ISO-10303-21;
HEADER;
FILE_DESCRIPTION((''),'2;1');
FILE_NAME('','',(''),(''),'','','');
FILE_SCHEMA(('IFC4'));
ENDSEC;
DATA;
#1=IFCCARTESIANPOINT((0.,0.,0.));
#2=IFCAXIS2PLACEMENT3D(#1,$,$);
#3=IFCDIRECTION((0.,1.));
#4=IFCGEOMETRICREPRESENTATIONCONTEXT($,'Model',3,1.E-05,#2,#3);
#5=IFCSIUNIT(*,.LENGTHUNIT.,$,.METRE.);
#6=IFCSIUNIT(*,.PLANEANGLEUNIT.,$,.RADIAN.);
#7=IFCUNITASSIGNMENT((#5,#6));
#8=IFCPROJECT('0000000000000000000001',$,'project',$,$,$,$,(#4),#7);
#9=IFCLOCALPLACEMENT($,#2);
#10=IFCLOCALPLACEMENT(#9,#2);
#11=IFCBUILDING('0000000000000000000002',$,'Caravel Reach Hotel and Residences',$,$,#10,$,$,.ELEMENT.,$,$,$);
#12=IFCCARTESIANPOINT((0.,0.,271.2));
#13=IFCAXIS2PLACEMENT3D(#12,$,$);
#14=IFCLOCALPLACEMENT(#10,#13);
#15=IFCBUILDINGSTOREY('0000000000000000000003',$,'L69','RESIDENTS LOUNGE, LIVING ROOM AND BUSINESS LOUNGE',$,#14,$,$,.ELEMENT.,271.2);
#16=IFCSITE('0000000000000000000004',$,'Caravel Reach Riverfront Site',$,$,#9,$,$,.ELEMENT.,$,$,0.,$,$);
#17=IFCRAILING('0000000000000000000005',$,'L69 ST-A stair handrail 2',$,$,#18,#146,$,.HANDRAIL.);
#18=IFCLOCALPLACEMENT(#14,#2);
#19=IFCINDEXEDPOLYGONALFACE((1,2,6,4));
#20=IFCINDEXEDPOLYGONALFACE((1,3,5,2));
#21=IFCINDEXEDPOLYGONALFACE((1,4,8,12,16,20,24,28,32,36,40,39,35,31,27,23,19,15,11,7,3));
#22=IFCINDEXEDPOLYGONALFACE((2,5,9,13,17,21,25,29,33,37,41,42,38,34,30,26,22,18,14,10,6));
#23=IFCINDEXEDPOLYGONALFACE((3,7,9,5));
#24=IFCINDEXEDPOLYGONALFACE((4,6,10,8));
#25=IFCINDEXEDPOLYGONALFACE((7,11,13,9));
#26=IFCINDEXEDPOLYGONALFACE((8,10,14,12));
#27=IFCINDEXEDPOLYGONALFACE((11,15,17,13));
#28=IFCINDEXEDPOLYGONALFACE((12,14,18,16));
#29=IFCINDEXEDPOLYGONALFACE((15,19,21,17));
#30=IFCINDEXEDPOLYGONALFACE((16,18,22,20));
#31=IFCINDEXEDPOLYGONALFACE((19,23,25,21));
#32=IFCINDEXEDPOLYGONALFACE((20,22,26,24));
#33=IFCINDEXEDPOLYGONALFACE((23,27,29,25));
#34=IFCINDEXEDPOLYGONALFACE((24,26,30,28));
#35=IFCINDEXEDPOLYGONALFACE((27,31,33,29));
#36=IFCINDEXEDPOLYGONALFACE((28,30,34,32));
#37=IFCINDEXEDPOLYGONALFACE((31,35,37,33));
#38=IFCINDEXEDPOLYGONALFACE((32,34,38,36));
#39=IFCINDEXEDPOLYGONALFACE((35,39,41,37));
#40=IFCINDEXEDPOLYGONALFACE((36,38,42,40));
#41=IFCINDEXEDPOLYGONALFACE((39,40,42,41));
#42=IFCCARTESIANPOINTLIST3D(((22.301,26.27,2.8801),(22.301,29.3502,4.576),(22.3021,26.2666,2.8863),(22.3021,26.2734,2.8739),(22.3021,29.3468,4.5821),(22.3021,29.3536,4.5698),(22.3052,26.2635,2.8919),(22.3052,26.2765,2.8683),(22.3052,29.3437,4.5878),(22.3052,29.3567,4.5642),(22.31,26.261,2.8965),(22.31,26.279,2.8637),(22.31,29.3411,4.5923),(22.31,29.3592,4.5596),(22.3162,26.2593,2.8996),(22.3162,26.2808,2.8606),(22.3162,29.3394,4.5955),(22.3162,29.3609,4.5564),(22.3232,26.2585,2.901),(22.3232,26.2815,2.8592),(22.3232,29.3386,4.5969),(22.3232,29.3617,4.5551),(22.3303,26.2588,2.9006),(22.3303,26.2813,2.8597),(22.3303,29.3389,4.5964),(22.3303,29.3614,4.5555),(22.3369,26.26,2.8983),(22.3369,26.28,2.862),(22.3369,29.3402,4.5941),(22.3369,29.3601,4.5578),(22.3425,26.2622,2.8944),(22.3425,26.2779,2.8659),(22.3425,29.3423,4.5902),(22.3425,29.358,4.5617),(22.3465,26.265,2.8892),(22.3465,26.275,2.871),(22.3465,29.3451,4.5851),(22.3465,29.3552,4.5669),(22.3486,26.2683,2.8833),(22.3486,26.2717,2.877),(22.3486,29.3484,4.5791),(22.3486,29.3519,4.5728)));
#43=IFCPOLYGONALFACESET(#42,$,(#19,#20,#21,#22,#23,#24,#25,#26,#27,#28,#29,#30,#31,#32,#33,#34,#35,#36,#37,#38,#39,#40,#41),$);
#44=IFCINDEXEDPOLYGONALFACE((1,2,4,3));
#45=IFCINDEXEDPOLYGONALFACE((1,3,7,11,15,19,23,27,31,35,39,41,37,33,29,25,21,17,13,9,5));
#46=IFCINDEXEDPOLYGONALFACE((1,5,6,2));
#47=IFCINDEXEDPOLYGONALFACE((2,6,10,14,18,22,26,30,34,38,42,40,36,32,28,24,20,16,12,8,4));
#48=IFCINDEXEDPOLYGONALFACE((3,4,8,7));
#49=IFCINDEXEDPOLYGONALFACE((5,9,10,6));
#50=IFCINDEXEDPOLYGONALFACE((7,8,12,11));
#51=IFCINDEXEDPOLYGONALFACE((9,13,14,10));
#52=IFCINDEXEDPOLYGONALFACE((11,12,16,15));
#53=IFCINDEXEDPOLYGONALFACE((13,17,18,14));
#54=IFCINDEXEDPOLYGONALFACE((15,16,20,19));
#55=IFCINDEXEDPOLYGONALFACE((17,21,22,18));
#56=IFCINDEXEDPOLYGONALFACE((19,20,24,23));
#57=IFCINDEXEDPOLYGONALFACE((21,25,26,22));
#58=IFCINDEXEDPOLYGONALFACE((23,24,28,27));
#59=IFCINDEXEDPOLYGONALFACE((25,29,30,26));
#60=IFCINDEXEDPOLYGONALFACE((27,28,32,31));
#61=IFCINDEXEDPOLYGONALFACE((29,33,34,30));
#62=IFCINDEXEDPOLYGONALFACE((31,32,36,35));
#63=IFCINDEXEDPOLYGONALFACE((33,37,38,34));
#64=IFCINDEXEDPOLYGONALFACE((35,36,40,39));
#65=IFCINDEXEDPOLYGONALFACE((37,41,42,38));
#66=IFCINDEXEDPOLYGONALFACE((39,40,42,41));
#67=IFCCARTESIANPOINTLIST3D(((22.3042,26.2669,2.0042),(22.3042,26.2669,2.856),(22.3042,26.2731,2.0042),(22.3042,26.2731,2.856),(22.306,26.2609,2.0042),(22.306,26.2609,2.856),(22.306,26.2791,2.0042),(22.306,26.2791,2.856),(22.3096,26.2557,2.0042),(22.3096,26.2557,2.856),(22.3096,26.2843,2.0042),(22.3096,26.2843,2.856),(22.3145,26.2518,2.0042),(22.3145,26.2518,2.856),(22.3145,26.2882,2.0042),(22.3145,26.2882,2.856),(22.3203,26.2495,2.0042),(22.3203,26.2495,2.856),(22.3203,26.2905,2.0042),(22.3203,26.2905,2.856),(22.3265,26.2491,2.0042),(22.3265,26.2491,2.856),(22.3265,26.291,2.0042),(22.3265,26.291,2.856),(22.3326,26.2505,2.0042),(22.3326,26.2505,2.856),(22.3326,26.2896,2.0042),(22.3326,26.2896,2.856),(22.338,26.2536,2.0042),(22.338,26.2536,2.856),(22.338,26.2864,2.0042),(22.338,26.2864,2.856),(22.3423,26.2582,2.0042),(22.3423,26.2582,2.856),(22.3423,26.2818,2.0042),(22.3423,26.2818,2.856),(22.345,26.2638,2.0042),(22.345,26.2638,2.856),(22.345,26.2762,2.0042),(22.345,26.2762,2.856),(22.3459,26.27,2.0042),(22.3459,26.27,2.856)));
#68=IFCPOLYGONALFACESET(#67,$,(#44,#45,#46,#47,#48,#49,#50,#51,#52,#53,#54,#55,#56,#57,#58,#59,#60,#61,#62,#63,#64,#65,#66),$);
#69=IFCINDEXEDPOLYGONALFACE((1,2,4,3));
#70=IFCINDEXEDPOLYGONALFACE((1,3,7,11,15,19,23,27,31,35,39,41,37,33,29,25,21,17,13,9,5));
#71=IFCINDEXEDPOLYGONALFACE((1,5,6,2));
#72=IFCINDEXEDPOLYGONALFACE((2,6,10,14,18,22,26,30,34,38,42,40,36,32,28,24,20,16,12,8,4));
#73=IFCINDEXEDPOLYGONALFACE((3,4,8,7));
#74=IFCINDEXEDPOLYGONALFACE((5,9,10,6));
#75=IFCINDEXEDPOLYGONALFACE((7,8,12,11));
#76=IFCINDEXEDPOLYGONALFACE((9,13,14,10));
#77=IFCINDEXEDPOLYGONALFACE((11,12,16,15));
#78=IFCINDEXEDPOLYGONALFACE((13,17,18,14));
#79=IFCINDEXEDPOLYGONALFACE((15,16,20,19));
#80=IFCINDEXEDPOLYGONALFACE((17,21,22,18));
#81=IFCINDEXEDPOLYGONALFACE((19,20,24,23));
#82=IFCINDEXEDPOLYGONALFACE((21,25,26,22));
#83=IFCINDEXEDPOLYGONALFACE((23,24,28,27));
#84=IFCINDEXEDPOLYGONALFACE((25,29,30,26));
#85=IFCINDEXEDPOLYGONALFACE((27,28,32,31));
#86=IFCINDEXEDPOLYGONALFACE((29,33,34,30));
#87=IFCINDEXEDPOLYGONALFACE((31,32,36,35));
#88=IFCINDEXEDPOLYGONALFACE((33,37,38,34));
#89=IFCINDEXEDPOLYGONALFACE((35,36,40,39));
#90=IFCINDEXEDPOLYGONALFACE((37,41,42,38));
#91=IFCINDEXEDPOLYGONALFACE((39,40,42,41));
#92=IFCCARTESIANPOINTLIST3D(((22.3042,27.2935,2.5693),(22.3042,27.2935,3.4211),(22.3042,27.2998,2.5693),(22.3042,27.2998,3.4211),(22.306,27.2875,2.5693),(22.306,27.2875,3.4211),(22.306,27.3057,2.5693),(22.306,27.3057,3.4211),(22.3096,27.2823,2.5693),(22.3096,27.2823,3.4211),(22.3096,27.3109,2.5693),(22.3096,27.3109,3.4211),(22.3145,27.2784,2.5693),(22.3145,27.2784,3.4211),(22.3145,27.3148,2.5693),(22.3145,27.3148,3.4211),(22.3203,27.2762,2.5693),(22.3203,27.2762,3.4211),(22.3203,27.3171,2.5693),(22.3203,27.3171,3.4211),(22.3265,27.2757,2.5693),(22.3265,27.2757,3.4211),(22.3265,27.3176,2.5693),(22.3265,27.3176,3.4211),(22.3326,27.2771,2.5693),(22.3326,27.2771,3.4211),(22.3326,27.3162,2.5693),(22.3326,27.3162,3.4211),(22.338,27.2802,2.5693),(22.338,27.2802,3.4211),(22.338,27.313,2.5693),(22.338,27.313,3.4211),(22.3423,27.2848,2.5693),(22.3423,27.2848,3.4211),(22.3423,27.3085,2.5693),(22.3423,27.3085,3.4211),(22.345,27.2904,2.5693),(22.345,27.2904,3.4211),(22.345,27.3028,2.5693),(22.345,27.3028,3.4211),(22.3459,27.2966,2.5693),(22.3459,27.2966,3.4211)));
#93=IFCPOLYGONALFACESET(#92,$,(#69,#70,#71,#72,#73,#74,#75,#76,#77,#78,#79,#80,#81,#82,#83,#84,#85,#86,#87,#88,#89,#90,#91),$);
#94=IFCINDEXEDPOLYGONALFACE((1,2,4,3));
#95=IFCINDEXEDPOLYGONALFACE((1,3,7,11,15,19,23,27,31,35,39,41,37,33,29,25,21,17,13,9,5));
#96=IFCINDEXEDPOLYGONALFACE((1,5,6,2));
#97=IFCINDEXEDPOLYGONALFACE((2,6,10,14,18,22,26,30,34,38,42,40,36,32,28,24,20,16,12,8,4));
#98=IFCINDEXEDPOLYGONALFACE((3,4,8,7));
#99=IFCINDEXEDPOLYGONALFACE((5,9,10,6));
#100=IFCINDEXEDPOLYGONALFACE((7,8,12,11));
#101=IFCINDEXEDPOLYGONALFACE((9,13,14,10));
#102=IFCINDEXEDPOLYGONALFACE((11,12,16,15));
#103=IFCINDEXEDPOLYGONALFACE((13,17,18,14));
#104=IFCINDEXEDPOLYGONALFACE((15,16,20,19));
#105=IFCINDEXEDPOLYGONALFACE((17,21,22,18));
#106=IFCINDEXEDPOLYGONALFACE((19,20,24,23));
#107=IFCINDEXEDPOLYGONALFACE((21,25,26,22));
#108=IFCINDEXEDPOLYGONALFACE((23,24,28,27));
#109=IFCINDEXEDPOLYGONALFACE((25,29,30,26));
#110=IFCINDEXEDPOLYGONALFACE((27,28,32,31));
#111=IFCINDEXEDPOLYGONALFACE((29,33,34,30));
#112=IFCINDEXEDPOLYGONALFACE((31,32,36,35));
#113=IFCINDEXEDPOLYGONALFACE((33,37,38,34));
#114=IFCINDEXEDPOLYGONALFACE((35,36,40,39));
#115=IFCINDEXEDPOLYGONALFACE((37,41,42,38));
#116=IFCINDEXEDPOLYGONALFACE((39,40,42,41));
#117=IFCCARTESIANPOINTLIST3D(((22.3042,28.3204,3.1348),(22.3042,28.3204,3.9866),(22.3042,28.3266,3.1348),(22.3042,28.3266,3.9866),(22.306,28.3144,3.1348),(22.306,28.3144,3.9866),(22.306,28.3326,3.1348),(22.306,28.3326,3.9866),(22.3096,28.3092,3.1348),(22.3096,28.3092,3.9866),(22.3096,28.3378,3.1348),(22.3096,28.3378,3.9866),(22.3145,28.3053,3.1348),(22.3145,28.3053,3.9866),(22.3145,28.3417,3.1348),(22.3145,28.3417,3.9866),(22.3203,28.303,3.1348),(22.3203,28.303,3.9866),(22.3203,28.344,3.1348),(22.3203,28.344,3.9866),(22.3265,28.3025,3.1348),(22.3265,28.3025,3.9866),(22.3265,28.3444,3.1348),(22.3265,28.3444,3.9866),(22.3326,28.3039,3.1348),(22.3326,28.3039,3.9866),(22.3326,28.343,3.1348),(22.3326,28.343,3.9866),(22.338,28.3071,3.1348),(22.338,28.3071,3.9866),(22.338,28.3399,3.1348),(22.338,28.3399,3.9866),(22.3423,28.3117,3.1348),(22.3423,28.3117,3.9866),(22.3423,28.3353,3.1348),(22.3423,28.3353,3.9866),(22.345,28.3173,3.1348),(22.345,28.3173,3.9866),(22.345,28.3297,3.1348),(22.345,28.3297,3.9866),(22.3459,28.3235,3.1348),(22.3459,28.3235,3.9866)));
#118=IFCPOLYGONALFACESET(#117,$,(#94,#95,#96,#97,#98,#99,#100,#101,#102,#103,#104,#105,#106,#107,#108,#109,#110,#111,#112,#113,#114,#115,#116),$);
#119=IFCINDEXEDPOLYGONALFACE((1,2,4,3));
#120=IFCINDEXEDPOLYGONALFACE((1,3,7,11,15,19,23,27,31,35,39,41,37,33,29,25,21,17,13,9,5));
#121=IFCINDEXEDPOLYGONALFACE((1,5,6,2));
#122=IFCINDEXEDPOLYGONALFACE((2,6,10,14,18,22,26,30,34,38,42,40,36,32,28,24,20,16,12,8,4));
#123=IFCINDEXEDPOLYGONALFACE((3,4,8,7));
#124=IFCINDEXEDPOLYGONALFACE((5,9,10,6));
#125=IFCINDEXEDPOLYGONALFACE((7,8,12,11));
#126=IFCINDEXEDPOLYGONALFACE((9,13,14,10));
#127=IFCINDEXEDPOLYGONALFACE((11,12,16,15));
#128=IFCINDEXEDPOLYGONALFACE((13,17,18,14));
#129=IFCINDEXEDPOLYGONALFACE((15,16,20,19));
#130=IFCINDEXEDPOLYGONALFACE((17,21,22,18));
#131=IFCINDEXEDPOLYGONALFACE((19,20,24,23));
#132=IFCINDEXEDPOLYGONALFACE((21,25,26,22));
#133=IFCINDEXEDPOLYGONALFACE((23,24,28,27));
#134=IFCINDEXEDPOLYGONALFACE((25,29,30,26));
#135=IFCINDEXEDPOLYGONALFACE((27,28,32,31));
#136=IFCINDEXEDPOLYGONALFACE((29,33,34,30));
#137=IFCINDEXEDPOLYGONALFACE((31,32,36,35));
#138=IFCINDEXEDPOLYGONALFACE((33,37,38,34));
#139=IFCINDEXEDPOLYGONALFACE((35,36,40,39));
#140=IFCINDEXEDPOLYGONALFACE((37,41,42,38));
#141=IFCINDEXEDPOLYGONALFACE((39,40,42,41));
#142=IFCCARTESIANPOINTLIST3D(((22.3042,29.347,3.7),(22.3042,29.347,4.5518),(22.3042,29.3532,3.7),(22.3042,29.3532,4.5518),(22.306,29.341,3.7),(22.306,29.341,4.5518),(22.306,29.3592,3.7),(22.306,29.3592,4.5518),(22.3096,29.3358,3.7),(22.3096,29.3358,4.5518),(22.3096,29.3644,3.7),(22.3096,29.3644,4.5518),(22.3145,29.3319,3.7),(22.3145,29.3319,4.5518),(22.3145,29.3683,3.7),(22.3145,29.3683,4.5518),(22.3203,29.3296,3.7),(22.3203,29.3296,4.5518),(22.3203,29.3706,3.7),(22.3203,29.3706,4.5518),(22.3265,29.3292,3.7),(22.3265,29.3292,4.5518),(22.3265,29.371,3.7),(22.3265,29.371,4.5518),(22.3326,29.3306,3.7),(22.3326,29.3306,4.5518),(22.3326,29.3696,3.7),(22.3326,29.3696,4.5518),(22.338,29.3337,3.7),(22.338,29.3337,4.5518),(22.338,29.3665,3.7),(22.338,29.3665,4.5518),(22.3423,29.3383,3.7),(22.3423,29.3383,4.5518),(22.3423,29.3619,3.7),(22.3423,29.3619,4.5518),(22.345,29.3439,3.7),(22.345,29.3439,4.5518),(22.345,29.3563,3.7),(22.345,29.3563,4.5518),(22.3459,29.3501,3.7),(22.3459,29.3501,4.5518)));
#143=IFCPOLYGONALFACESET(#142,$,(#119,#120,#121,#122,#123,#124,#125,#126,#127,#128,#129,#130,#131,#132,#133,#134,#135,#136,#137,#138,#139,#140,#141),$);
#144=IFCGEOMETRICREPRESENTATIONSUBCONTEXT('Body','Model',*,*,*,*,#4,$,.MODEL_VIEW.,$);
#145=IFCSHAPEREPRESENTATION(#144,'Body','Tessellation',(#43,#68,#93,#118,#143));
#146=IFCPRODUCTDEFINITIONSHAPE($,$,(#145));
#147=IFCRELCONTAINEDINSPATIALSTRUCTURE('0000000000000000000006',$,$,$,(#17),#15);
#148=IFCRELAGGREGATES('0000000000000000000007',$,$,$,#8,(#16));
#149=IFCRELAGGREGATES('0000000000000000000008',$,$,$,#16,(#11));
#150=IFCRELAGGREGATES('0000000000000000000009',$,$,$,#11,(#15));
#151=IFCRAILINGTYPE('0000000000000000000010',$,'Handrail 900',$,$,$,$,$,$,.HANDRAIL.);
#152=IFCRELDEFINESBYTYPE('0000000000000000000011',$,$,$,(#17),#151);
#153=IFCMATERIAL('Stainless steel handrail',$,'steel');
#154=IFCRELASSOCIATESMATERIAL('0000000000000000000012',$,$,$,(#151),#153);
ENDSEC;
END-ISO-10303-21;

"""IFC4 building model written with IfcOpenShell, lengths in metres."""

from ifc_helpers import new_model, si_unit, direction, frame, origin, origin_2d, place, context, subcontext, project, spatial, circle, extrude, material, type_object, element, save


model = new_model("IFC4")

# Units and contexts
model_context = context("Model", 3, precision=1e-05, world=origin(), true_north=direction((0.0, 1.0)))
body_context = subcontext(model_context, "Body", "Model", "MODEL_VIEW")
ifc_project = project(units=[si_unit("LENGTHUNIT", "METRE"), si_unit("PLANEANGLEUNIT", "RADIAN")], contexts=[model_context])

# Site, building, storey
site_placement = place(None, origin())
site = spatial("IfcSite", under=ifc_project, at=site_placement, Name="Caravel Reach Riverfront Site", CompositionType="ELEMENT", RefElevation=0.0)
building_placement = place(site_placement, origin())
building = spatial("IfcBuilding", under=site, at=building_placement, Name="Caravel Reach Hotel and Residences", CompositionType="ELEMENT")
storey_placement = place(building_placement, frame((0.0, 0.0, 271.2)))
storey = spatial("IfcBuildingStorey", under=building, at=storey_placement, Name="L69", Description="RESIDENTS LOUNGE, LIVING ROOM AND BUSINESS LOUNGE", CompositionType="ELEMENT", Elevation=271.2)

# Railing
ifc_material_1 = material(Name="Stainless steel handrail", Category="steel")
railing_type_1 = type_object("IfcRailingType", Name="Handrail 900", PredefinedType="HANDRAIL", material=ifc_material_1)
railing_1_placement = place(storey_placement, frame((22.325, 26.27, 2.0042)))
element("IfcRailing", 1, at=railing_1_placement, inside=storey, type_object=railing_type_1, Name="L69 ST-A stair handrail 2", PredefinedType="HANDRAIL", context=body_context, shape_type="SweptSolid", body=[
    extrude(circle(Radius=0.0239, at=origin_2d()), frame((0.0, 0.0, 0.876), z_axis=(0.0, 0.876005, 0.482303), x_axis=(-1.0, 0.0, 0.0)), (0.0, 0.0, 1.0), 3.5161),
    extrude(circle(Radius=0.021, at=origin_2d()), origin(), (0.0, 0.0, 1.0), 0.8518),
    extrude(circle(Radius=0.021, at=origin_2d()), frame((0.0, 1.0266, 0.5652)), (0.0, 0.0, 1.0), 0.8518),
    extrude(circle(Radius=0.021, at=origin_2d()), frame((0.0, 2.0535, 1.1306)), (0.0, 0.0, 1.0), 0.8518),
    extrude(circle(Radius=0.021, at=origin_2d()), frame((0.0, 3.0801, 1.6958)), (0.0, 0.0, 1.0), 0.8518),
])

save(model, "model.ifc")
